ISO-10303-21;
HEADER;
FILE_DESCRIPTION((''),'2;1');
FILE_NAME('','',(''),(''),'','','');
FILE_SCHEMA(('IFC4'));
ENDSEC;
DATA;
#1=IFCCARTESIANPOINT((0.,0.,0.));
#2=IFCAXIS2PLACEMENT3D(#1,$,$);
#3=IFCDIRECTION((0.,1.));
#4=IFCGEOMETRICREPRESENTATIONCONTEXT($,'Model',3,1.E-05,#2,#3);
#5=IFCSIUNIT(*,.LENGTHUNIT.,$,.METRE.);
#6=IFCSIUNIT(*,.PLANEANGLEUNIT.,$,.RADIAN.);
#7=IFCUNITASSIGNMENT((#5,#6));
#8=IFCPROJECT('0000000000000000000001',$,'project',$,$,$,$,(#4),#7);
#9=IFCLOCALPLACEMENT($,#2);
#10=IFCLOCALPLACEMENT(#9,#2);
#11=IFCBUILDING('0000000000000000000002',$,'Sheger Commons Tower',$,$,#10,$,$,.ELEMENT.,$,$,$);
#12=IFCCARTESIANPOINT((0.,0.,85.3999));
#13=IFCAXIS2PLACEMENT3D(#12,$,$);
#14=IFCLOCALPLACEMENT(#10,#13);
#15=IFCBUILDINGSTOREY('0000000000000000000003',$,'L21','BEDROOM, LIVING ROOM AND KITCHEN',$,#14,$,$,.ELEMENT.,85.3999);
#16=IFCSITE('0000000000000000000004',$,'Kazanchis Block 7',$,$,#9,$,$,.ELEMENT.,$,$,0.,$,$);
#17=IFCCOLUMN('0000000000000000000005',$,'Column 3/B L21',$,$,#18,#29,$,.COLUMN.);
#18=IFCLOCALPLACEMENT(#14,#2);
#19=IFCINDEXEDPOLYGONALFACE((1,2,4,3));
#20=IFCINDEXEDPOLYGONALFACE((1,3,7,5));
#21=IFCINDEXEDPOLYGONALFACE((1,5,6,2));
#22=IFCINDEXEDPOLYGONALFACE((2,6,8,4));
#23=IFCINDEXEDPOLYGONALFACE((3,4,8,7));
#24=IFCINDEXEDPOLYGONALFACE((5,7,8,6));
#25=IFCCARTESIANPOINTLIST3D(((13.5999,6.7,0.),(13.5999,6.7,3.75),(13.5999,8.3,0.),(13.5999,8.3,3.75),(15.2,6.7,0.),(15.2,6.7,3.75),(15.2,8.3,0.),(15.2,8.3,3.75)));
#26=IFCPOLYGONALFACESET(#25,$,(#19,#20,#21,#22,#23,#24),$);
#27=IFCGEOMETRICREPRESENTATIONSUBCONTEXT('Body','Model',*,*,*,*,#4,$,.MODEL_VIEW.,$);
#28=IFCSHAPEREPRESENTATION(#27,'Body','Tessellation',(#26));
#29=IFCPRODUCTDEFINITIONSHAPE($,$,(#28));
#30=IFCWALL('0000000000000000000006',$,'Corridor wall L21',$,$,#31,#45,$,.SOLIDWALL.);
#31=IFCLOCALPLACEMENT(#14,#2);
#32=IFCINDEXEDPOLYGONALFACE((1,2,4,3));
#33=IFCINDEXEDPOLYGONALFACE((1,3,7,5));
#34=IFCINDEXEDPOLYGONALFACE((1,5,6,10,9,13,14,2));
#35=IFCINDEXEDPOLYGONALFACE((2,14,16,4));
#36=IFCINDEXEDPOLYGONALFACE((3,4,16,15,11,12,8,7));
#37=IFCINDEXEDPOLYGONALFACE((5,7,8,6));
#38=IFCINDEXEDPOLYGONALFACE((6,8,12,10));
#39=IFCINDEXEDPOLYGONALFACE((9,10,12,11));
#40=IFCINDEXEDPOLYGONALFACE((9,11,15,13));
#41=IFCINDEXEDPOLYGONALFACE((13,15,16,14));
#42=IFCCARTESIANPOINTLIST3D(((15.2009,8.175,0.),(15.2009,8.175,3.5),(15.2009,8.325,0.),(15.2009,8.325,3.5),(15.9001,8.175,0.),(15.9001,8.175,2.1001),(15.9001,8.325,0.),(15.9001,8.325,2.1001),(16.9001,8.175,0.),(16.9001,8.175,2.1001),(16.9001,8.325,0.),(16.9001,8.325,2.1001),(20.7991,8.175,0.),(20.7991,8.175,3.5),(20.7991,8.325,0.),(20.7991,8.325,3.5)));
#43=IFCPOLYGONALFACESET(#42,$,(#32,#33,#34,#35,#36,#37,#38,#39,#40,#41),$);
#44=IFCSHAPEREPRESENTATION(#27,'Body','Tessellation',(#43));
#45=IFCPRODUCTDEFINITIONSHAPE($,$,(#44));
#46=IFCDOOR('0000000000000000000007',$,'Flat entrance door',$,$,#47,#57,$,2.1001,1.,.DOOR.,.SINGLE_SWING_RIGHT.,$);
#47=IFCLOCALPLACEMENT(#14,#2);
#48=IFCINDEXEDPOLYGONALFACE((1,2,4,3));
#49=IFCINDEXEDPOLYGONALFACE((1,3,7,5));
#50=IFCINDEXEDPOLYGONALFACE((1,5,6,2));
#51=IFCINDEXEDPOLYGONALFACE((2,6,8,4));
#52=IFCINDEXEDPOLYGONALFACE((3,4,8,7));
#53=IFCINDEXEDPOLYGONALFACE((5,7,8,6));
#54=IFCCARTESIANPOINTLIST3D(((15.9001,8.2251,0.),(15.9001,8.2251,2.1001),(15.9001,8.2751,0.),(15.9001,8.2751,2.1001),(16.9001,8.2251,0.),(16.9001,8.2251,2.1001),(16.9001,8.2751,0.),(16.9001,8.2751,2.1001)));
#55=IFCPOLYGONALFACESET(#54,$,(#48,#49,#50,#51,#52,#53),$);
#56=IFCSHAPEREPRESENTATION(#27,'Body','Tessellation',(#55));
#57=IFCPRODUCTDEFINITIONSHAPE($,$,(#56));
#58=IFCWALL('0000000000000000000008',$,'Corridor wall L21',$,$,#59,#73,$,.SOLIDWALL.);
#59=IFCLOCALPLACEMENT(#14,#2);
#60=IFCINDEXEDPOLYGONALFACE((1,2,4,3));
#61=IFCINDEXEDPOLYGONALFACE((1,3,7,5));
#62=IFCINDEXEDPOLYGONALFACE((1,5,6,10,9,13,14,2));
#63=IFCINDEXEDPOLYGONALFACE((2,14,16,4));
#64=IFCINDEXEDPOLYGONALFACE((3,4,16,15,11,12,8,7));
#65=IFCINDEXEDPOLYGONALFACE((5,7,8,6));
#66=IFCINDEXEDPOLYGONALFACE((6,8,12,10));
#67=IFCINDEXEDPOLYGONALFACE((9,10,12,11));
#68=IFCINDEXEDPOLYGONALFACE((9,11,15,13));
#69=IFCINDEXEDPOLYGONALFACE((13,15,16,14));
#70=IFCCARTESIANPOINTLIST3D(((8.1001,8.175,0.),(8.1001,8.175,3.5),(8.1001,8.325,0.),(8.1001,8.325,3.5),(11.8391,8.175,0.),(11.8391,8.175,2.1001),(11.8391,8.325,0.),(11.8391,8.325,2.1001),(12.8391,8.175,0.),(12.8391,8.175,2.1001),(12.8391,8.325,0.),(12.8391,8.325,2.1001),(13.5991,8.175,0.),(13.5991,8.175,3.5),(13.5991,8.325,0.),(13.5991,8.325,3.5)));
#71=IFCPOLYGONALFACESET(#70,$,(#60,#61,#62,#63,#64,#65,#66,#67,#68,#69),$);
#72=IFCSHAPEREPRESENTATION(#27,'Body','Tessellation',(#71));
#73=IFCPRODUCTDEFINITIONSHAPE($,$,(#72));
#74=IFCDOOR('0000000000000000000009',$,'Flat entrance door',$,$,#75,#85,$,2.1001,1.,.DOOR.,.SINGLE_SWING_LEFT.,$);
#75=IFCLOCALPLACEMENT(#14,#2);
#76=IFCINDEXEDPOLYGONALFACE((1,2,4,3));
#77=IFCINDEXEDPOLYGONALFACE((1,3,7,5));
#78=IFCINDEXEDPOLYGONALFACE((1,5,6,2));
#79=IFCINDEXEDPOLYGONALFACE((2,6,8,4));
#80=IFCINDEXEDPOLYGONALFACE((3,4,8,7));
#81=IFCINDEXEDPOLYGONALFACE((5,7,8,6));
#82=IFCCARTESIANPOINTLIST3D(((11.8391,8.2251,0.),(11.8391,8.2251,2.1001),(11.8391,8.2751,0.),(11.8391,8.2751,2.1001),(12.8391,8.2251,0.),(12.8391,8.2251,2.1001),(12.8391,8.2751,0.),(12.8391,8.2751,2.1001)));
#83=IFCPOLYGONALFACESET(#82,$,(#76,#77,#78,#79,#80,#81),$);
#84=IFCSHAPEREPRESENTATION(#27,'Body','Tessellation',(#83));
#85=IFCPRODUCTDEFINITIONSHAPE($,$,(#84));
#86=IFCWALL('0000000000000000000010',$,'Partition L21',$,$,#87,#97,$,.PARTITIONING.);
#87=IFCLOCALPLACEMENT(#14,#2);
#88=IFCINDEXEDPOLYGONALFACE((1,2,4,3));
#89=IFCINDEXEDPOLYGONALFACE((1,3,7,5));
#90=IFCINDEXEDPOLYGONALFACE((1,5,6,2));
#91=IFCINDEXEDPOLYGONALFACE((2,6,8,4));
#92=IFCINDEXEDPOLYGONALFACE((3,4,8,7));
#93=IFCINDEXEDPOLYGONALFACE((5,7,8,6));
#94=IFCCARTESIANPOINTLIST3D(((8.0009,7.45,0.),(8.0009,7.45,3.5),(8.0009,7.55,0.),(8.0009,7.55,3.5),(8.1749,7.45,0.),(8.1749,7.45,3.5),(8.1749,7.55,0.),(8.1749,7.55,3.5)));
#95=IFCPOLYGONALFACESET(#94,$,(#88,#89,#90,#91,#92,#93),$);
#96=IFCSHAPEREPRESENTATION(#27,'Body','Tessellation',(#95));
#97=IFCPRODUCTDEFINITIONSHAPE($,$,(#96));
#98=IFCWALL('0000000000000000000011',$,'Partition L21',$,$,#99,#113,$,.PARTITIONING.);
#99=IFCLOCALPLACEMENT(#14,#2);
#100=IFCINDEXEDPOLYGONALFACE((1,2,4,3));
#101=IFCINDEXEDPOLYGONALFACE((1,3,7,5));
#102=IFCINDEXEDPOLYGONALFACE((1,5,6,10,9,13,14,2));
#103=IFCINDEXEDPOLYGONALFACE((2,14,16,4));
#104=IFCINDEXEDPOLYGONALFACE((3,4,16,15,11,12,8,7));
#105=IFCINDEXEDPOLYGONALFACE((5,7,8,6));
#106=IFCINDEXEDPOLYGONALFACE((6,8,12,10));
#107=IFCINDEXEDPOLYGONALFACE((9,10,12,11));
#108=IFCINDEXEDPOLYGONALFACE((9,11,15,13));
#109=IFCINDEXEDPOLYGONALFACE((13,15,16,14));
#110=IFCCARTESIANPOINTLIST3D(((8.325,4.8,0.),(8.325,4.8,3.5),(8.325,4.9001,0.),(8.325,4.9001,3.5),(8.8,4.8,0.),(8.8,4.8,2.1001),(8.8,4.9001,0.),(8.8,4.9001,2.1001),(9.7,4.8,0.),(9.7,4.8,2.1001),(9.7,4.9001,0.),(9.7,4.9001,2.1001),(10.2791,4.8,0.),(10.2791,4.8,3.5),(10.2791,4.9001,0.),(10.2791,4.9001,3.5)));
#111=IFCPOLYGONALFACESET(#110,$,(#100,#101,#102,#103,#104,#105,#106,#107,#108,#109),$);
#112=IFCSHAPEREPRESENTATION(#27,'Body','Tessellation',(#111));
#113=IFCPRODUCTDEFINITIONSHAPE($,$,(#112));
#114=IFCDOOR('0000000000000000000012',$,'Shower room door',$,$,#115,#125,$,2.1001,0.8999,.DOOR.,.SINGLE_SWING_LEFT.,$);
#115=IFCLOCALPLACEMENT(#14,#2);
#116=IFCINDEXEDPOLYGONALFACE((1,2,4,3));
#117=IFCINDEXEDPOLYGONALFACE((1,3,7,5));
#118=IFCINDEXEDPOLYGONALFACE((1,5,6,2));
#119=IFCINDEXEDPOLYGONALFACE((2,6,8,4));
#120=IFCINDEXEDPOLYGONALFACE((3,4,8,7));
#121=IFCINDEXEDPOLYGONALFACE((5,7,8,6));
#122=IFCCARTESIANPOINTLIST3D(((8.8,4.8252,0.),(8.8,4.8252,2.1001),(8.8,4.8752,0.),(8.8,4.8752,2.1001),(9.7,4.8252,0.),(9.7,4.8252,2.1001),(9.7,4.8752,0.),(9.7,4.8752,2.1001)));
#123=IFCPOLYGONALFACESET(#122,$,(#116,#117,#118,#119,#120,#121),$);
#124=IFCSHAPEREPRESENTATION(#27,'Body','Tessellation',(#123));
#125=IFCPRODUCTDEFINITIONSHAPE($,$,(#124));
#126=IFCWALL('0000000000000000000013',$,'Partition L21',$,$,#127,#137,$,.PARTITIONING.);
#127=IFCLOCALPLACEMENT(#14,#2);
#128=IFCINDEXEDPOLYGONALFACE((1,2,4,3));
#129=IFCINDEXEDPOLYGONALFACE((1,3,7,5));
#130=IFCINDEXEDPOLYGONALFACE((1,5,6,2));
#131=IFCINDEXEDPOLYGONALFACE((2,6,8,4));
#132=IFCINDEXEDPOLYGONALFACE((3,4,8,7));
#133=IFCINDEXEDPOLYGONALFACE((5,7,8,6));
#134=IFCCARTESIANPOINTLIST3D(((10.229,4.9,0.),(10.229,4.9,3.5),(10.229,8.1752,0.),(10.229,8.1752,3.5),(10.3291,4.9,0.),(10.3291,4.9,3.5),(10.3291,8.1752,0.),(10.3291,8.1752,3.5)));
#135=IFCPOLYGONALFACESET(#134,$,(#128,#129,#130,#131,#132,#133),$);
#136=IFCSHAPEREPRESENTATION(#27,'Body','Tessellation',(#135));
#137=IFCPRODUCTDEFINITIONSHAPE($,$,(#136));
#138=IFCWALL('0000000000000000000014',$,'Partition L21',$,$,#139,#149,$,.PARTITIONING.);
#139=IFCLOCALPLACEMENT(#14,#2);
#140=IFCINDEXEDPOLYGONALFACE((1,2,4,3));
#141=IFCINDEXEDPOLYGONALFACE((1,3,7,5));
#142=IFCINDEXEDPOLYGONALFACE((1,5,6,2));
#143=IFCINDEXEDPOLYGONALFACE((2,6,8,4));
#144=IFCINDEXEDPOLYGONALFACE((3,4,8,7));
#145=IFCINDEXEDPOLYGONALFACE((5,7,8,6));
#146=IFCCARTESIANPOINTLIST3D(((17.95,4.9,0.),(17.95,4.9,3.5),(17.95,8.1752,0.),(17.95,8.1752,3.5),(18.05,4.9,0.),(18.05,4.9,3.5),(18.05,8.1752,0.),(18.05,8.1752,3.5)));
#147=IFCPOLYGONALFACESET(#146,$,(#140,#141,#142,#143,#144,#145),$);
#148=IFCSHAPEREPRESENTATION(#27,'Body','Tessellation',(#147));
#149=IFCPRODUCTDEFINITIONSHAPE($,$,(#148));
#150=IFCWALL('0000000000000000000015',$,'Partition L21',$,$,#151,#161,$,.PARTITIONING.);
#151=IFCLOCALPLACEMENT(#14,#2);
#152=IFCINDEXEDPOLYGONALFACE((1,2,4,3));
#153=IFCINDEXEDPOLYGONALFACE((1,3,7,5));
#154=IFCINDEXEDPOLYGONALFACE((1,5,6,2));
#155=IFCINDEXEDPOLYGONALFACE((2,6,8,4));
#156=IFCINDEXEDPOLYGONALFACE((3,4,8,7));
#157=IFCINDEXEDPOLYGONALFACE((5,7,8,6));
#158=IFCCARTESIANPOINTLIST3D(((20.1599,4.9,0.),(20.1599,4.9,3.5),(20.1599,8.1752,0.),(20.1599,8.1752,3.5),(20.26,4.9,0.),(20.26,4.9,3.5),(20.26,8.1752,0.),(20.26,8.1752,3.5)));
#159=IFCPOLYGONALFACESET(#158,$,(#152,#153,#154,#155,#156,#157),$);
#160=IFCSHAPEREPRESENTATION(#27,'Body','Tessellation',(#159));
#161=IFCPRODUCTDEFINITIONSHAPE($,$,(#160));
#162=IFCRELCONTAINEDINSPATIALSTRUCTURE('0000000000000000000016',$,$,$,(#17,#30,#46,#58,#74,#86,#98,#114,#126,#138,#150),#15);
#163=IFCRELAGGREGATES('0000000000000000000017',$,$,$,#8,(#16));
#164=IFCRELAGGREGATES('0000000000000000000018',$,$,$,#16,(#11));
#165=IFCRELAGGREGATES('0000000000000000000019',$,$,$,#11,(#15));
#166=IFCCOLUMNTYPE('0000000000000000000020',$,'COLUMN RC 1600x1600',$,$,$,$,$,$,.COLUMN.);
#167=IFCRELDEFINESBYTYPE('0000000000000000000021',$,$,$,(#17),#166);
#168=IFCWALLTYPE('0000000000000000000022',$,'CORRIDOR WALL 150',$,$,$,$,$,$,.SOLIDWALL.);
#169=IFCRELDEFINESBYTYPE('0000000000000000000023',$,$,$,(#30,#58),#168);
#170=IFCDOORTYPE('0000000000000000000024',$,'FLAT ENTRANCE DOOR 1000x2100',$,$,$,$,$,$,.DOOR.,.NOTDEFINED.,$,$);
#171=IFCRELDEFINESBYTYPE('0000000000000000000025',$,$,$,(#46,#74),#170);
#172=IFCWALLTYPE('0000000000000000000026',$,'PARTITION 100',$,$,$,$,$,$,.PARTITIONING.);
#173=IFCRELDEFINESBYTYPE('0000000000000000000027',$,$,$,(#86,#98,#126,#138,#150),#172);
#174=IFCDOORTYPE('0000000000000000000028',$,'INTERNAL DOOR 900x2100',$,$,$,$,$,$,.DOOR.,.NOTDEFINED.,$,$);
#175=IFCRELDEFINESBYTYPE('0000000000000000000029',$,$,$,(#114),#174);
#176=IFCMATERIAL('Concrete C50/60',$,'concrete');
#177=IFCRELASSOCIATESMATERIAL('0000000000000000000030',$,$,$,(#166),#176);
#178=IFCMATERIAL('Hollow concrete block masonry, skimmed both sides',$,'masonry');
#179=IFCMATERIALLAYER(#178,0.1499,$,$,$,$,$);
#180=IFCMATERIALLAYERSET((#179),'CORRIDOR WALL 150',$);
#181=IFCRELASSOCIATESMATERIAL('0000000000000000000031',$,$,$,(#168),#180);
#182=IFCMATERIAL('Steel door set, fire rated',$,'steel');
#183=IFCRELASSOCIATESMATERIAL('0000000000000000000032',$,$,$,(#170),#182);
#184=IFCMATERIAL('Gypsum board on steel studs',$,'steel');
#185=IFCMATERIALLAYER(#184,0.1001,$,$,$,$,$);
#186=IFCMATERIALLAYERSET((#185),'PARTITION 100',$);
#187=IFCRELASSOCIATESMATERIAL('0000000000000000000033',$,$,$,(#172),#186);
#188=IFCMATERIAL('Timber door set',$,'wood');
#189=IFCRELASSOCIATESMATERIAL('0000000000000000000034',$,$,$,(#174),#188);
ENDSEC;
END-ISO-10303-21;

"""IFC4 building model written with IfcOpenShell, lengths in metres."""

from ifc_helpers import new_model, si_unit, direction, frame, frame_2d, origin, origin_2d, place, context, subcontext, project, spatial, rectangle, extrude, material, layer, layer_set, material_profile, profile_set, type_object, element, fill, save


model = new_model("IFC4")

# Units and contexts
model_context = context("Model", 3, precision=1e-05, world=origin(), true_north=direction((0.0, 1.0)))
body_context = subcontext(model_context, "Body", "Model", "MODEL_VIEW")
ifc_project = project(units=[si_unit("LENGTHUNIT", "METRE"), si_unit("PLANEANGLEUNIT", "RADIAN")], contexts=[model_context])

# Site, building, storey
site_placement = place(None, origin())
site = spatial("IfcSite", under=ifc_project, at=site_placement, Name="Kazanchis Block 7", CompositionType="ELEMENT", RefElevation=0.0)
building_placement = place(site_placement, origin())
building = spatial("IfcBuilding", under=site, at=building_placement, Name="Sheger Commons Tower", CompositionType="ELEMENT")
storey_placement = place(building_placement, frame((0.0, 0.0, 85.3999)))
storey = spatial("IfcBuildingStorey", under=building, at=storey_placement, Name="L21", Description="BEDROOM, LIVING ROOM AND KITCHEN", CompositionType="ELEMENT", Elevation=85.3999)

# Column
ifc_material_1 = material(Name="Concrete C50/60", Category="concrete")
ifc_material_profile = material_profile(ifc_material_1, rectangle(XDim=1.6001, YDim=1.6001, at=origin_2d()), Name="RC 1600x1600")
ifc_profile_set = profile_set([ifc_material_profile], Name="Concrete C50/60")
column_type = type_object("IfcColumnType", Name="COLUMN RC 1600x1600", PredefinedType="COLUMN", material=ifc_profile_set)
column_placement = place(storey_placement, frame((14.3999, 7.5, 0.0), z_axis=(0.0, 0.0, 1.0), x_axis=(1.0, 0.0, 0.0)))
element("IfcColumn", 1, at=column_placement, inside=storey, type_object=column_type, Name="Column 3/B L21", PredefinedType="COLUMN", context=body_context, shape_type="SweptSolid", body=[
    extrude(rectangle(XDim=1.6001, YDim=1.6001, at=origin_2d()), origin(), (0.0, 0.0, 1.0), 3.75),
])

# Walls, openings, doors
ifc_material_2 = material(Name="Hollow concrete block masonry, skimmed both sides", Category="masonry")
ifc_layer_1 = layer(ifc_material_2, 0.1499)
ifc_layer_set_1 = layer_set([ifc_layer_1], Name="CORRIDOR WALL 150")
wall_type_1 = type_object("IfcWallType", Name="CORRIDOR WALL 150", PredefinedType="SOLIDWALL", material=ifc_layer_set_1)
wall_1_placement = place(storey_placement, frame((20.7991, 8.25, 0.0), z_axis=(0.0, 0.0, 1.0), x_axis=(-1.0, 0.0, 0.0)))
wall_1 = element("IfcWall", 2, at=wall_1_placement, inside=storey, type_object=wall_type_1, Name="Corridor wall L21", PredefinedType="SOLIDWALL", context=body_context, shape_type="SweptSolid", body=[
    extrude(rectangle(XDim=5.5981, YDim=0.1499, at=frame_2d((2.7991, 0.0))), origin(), (0.0, 0.0, 1.0), 3.5),
])
opening_1_placement = place(wall_1_placement, frame((3.8989, 0.0, 0.0)))
opening_1 = element("IfcOpeningElement", 3, at=opening_1_placement, cuts=wall_1, PredefinedType="OPENING", context=body_context, shape_type="SweptSolid", body=[
    extrude(rectangle(XDim=1.0, YDim=2.1001, at=frame_2d((0.5, 1.05))), frame((0.0, 0.085, 0.0), z_axis=(0.0, -1.0, 0.0), x_axis=(1.0, 0.0, 0.0)), (0.0, 0.0, 1.0), 0.1699),
])
ifc_material_3 = material(Name="Steel door set, fire rated", Category="steel")
door_type_1 = type_object("IfcDoorType", Name="FLAT ENTRANCE DOOR 1000x2100", OperationType="NOTDEFINED", PredefinedType="DOOR", material=ifc_material_3)
door_1_placement = place(opening_1_placement, origin())
door_1 = element("IfcDoor", 4, at=door_1_placement, inside=storey, type_object=door_type_1, Name="Flat entrance door", OperationType="SINGLE_SWING_RIGHT", OverallHeight=2.1001, OverallWidth=1.0, PredefinedType="DOOR", context=body_context, shape_type="SweptSolid", body=[
    extrude(rectangle(XDim=1.0, YDim=2.1001, at=frame_2d((0.5, 1.05))), frame((0.0, 0.0249, 0.0), z_axis=(0.0, -1.0, 0.0), x_axis=(1.0, 0.0, 0.0)), (0.0, 0.0, 1.0), 0.05),
])
fill(opening_1, door_1)
wall_2_placement = place(storey_placement, frame((13.5991, 8.25, 0.0), z_axis=(0.0, 0.0, 1.0), x_axis=(-1.0, 0.0, 0.0)))
wall_2 = element("IfcWall", 5, at=wall_2_placement, inside=storey, type_object=wall_type_1, Name="Corridor wall L21", PredefinedType="SOLIDWALL", context=body_context, shape_type="SweptSolid", body=[
    extrude(rectangle(XDim=5.499, YDim=0.1499, at=frame_2d((2.7495, 0.0))), origin(), (0.0, 0.0, 1.0), 3.5),
])
opening_2_placement = place(wall_2_placement, frame((0.76, 0.0, 0.0)))
opening_2 = element("IfcOpeningElement", 6, at=opening_2_placement, cuts=wall_2, PredefinedType="OPENING", context=body_context, shape_type="SweptSolid", body=[
    extrude(rectangle(XDim=1.0, YDim=2.1001, at=frame_2d((0.5, 1.05))), frame((0.0, 0.085, 0.0), z_axis=(0.0, -1.0, 0.0), x_axis=(1.0, 0.0, 0.0)), (0.0, 0.0, 1.0), 0.1699),
])
door_2_placement = place(opening_2_placement, origin())
door_2 = element("IfcDoor", 7, at=door_2_placement, inside=storey, type_object=door_type_1, Name="Flat entrance door", OperationType="SINGLE_SWING_LEFT", OverallHeight=2.1001, OverallWidth=1.0, PredefinedType="DOOR", context=body_context, shape_type="SweptSolid", body=[
    extrude(rectangle(XDim=1.0, YDim=2.1001, at=frame_2d((0.5, 1.05))), frame((0.0, 0.0249, 0.0), z_axis=(0.0, -1.0, 0.0), x_axis=(1.0, 0.0, 0.0)), (0.0, 0.0, 1.0), 0.05),
])
fill(opening_2, door_2)

# Wall
ifc_material_4 = material(Name="Gypsum board on steel studs", Category="steel")
ifc_layer_2 = layer(ifc_material_4, 0.1001)
ifc_layer_set_2 = layer_set([ifc_layer_2], Name="PARTITION 100")
wall_type_2 = type_object("IfcWallType", Name="PARTITION 100", PredefinedType="PARTITIONING", material=ifc_layer_set_2)
wall_3_placement = place(storey_placement, frame((8.001, 7.5, 0.0), z_axis=(0.0, 0.0, 1.0), x_axis=(1.0, 0.0, 0.0)))
element("IfcWall", 8, at=wall_3_placement, inside=storey, type_object=wall_type_2, Name="Partition L21", PredefinedType="PARTITIONING", context=body_context, shape_type="SweptSolid", body=[
    extrude(rectangle(XDim=0.1741, YDim=0.1001, at=frame_2d((0.0869, 0.0))), origin(), (0.0, 0.0, 1.0), 3.5),
])

# Wall, opening, door
wall_4_placement = place(storey_placement, frame((10.2791, 4.8501, 0.0), z_axis=(0.0, 0.0, 1.0), x_axis=(-1.0, 0.0, 0.0)))
wall_4 = element("IfcWall", 9, at=wall_4_placement, inside=storey, type_object=wall_type_2, Name="Partition L21", PredefinedType="PARTITIONING", context=body_context, shape_type="SweptSolid", body=[
    extrude(rectangle(XDim=1.9541, YDim=0.1001, at=frame_2d((0.9771, 0.0))), origin(), (0.0, 0.0, 1.0), 3.5),
])
opening_3_placement = place(wall_4_placement, frame((0.5791, 0.0, 0.0)))
opening_3 = element("IfcOpeningElement", 10, at=opening_3_placement, cuts=wall_4, PredefinedType="OPENING", context=body_context, shape_type="SweptSolid", body=[
    extrude(rectangle(XDim=0.8999, YDim=2.1001, at=frame_2d((0.45, 1.05))), frame((0.0, 0.0601, 0.0), z_axis=(0.0, -1.0, 0.0), x_axis=(1.0, 0.0, 0.0)), (0.0, 0.0, 1.0), 0.1201),
])
ifc_material_5 = material(Name="Timber door set", Category="wood")
door_type_2 = type_object("IfcDoorType", Name="INTERNAL DOOR 900x2100", OperationType="NOTDEFINED", PredefinedType="DOOR", material=ifc_material_5)
door_3_placement = place(opening_3_placement, origin())
door_3 = element("IfcDoor", 11, at=door_3_placement, inside=storey, type_object=door_type_2, Name="Shower room door", OperationType="SINGLE_SWING_LEFT", OverallHeight=2.1001, OverallWidth=0.8999, PredefinedType="DOOR", context=body_context, shape_type="SweptSolid", body=[
    extrude(rectangle(XDim=0.8999, YDim=2.1001, at=frame_2d((0.45, 1.05))), frame((0.0, 0.0249, 0.0), z_axis=(0.0, -1.0, 0.0), x_axis=(1.0, 0.0, 0.0)), (0.0, 0.0, 1.0), 0.05),
])
fill(opening_3, door_3)

# Walls
for number, where, z_axis, x_axis, name in (
    (12, (10.2791, 4.8999, 0.0), (0.0, 0.0, 1.0), (0.0, 1.0, 0.0), "Partition L21"),
    (13, (18.0, 4.8999, 0.0), (0.0, 0.0, 1.0), (0.0, 1.0, 0.0), "Partition L21"),
    (14, (20.21, 4.8999, 0.0), (0.0, 0.0, 1.0), (0.0, 1.0, 0.0), "Partition L21"),
):
    element("IfcWall", number, at=place(storey_placement, frame(where, z_axis=z_axis, x_axis=x_axis)), inside=storey, type_object=wall_type_2, Name=name, PredefinedType="PARTITIONING", context=body_context, shape_type="SweptSolid", body=[
        extrude(rectangle(XDim=3.2751, YDim=0.1001, at=frame_2d((1.6377, 0.0))), origin(), (0.0, 0.0, 1.0), 3.5),
    ])

save(model, "model.ifc")
